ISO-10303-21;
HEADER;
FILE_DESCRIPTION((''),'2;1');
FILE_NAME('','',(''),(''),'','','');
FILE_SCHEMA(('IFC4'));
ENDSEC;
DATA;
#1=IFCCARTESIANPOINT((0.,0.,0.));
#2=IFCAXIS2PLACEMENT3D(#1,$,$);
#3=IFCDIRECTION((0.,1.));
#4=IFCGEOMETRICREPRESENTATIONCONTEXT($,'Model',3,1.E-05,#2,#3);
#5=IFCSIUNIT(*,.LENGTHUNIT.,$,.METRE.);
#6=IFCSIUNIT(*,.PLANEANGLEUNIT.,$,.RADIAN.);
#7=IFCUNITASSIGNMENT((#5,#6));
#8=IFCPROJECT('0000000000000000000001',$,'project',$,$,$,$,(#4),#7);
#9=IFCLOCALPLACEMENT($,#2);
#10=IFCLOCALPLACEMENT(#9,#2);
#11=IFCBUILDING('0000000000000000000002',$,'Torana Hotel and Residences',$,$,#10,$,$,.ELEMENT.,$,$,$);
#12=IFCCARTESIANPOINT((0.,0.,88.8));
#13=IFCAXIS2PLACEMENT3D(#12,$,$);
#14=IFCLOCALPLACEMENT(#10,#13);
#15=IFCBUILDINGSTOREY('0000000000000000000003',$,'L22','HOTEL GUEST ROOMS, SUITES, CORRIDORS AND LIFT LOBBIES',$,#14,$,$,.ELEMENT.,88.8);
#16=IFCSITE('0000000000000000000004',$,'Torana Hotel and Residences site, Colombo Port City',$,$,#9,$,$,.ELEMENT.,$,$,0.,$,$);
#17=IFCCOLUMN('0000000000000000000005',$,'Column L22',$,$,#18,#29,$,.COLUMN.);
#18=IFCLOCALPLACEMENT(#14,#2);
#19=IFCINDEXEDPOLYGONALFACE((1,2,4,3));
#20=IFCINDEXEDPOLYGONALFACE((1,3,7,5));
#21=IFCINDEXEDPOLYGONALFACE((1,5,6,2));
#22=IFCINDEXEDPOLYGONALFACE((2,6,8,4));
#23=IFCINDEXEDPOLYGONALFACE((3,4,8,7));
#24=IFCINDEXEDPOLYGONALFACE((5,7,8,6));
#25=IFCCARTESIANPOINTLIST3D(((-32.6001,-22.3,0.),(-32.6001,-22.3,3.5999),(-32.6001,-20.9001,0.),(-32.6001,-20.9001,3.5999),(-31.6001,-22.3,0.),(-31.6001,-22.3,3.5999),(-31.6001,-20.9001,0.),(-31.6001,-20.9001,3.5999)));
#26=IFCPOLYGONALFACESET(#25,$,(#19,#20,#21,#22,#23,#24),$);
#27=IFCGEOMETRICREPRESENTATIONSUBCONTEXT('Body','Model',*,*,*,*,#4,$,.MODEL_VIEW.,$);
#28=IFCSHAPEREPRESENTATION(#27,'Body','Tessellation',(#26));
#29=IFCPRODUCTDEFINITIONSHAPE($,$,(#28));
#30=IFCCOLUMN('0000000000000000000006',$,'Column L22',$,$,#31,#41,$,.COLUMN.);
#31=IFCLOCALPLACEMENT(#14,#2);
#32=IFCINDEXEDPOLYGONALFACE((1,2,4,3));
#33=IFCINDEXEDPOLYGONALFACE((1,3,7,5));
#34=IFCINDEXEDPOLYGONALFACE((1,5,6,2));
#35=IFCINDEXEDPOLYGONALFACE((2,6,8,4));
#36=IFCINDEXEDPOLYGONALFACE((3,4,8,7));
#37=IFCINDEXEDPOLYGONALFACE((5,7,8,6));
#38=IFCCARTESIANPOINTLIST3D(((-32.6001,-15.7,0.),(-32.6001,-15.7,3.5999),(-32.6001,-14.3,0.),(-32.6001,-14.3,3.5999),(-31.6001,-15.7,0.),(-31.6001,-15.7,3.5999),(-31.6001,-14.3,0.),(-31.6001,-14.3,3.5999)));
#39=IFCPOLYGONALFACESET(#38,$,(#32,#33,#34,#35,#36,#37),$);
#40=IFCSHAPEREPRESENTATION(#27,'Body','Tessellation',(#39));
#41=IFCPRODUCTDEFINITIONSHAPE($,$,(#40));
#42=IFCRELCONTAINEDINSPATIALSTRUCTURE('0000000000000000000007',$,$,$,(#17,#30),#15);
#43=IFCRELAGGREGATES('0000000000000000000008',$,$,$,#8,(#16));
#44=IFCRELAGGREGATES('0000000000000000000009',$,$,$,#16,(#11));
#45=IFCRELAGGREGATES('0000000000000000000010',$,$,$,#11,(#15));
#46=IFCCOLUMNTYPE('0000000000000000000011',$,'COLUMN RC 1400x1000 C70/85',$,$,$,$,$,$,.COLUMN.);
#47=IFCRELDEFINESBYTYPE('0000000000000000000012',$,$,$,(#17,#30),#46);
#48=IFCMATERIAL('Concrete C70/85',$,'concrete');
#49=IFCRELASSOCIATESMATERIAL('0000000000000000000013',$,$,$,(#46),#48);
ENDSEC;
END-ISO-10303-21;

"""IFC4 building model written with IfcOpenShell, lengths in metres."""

from ifc_helpers import new_model, si_unit, direction, frame, origin, origin_2d, place, context, subcontext, project, spatial, rectangle, extrude, material, material_profile, profile_set, type_object, element, save


model = new_model("IFC4")

# Units and contexts
model_context = context("Model", 3, precision=1e-05, world=origin(), true_north=direction((0.0, 1.0)))
body_context = subcontext(model_context, "Body", "Model", "MODEL_VIEW")
ifc_project = project(units=[si_unit("LENGTHUNIT", "METRE"), si_unit("PLANEANGLEUNIT", "RADIAN")], contexts=[model_context])

# Site, building, storey
site_placement = place(None, origin())
site = spatial("IfcSite", under=ifc_project, at=site_placement, Name="Torana Hotel and Residences site, Colombo Port City", CompositionType="ELEMENT", RefElevation=0.0)
building_placement = place(site_placement, origin())
building = spatial("IfcBuilding", under=site, at=building_placement, Name="Torana Hotel and Residences", CompositionType="ELEMENT")
storey_placement = place(building_placement, frame((0.0, 0.0, 88.8)))
storey = spatial("IfcBuildingStorey", under=building, at=storey_placement, Name="L22", Description="HOTEL GUEST ROOMS, SUITES, CORRIDORS AND LIFT LOBBIES", CompositionType="ELEMENT", Elevation=88.8)

# Columns
ifc_material_1 = material(Name="Concrete C70/85", Category="concrete")
ifc_material_profile = material_profile(ifc_material_1, rectangle(XDim=1.3999, YDim=1.0, at=origin_2d()), Name="RC 1400x1000")
ifc_profile_set = profile_set([ifc_material_profile], Name="Concrete C70/85")
column_type = type_object("IfcColumnType", Name="COLUMN RC 1400x1000 C70/85", PredefinedType="COLUMN", material=ifc_profile_set)
for number, where, z_axis, x_axis, name in (
    (1, (-32.1001, -21.6001, 0.0), (0.0, 0.0, 1.0), (0.0, 1.0, 0.0), "Column L22"),
    (2, (-32.1001, -15.0, 0.0), (0.0, 0.0, 1.0), (0.0, 1.0, 0.0), "Column L22"),
):
    element("IfcColumn", number, at=place(storey_placement, frame(where, z_axis=z_axis, x_axis=x_axis)), inside=storey, type_object=column_type, Name=name, PredefinedType="COLUMN", context=body_context, shape_type="SweptSolid", body=[
        extrude(rectangle(XDim=1.3999, YDim=1.0, at=origin_2d()), origin(), (0.0, 0.0, 1.0), 3.5999),
    ])

save(model, "model.ifc")
